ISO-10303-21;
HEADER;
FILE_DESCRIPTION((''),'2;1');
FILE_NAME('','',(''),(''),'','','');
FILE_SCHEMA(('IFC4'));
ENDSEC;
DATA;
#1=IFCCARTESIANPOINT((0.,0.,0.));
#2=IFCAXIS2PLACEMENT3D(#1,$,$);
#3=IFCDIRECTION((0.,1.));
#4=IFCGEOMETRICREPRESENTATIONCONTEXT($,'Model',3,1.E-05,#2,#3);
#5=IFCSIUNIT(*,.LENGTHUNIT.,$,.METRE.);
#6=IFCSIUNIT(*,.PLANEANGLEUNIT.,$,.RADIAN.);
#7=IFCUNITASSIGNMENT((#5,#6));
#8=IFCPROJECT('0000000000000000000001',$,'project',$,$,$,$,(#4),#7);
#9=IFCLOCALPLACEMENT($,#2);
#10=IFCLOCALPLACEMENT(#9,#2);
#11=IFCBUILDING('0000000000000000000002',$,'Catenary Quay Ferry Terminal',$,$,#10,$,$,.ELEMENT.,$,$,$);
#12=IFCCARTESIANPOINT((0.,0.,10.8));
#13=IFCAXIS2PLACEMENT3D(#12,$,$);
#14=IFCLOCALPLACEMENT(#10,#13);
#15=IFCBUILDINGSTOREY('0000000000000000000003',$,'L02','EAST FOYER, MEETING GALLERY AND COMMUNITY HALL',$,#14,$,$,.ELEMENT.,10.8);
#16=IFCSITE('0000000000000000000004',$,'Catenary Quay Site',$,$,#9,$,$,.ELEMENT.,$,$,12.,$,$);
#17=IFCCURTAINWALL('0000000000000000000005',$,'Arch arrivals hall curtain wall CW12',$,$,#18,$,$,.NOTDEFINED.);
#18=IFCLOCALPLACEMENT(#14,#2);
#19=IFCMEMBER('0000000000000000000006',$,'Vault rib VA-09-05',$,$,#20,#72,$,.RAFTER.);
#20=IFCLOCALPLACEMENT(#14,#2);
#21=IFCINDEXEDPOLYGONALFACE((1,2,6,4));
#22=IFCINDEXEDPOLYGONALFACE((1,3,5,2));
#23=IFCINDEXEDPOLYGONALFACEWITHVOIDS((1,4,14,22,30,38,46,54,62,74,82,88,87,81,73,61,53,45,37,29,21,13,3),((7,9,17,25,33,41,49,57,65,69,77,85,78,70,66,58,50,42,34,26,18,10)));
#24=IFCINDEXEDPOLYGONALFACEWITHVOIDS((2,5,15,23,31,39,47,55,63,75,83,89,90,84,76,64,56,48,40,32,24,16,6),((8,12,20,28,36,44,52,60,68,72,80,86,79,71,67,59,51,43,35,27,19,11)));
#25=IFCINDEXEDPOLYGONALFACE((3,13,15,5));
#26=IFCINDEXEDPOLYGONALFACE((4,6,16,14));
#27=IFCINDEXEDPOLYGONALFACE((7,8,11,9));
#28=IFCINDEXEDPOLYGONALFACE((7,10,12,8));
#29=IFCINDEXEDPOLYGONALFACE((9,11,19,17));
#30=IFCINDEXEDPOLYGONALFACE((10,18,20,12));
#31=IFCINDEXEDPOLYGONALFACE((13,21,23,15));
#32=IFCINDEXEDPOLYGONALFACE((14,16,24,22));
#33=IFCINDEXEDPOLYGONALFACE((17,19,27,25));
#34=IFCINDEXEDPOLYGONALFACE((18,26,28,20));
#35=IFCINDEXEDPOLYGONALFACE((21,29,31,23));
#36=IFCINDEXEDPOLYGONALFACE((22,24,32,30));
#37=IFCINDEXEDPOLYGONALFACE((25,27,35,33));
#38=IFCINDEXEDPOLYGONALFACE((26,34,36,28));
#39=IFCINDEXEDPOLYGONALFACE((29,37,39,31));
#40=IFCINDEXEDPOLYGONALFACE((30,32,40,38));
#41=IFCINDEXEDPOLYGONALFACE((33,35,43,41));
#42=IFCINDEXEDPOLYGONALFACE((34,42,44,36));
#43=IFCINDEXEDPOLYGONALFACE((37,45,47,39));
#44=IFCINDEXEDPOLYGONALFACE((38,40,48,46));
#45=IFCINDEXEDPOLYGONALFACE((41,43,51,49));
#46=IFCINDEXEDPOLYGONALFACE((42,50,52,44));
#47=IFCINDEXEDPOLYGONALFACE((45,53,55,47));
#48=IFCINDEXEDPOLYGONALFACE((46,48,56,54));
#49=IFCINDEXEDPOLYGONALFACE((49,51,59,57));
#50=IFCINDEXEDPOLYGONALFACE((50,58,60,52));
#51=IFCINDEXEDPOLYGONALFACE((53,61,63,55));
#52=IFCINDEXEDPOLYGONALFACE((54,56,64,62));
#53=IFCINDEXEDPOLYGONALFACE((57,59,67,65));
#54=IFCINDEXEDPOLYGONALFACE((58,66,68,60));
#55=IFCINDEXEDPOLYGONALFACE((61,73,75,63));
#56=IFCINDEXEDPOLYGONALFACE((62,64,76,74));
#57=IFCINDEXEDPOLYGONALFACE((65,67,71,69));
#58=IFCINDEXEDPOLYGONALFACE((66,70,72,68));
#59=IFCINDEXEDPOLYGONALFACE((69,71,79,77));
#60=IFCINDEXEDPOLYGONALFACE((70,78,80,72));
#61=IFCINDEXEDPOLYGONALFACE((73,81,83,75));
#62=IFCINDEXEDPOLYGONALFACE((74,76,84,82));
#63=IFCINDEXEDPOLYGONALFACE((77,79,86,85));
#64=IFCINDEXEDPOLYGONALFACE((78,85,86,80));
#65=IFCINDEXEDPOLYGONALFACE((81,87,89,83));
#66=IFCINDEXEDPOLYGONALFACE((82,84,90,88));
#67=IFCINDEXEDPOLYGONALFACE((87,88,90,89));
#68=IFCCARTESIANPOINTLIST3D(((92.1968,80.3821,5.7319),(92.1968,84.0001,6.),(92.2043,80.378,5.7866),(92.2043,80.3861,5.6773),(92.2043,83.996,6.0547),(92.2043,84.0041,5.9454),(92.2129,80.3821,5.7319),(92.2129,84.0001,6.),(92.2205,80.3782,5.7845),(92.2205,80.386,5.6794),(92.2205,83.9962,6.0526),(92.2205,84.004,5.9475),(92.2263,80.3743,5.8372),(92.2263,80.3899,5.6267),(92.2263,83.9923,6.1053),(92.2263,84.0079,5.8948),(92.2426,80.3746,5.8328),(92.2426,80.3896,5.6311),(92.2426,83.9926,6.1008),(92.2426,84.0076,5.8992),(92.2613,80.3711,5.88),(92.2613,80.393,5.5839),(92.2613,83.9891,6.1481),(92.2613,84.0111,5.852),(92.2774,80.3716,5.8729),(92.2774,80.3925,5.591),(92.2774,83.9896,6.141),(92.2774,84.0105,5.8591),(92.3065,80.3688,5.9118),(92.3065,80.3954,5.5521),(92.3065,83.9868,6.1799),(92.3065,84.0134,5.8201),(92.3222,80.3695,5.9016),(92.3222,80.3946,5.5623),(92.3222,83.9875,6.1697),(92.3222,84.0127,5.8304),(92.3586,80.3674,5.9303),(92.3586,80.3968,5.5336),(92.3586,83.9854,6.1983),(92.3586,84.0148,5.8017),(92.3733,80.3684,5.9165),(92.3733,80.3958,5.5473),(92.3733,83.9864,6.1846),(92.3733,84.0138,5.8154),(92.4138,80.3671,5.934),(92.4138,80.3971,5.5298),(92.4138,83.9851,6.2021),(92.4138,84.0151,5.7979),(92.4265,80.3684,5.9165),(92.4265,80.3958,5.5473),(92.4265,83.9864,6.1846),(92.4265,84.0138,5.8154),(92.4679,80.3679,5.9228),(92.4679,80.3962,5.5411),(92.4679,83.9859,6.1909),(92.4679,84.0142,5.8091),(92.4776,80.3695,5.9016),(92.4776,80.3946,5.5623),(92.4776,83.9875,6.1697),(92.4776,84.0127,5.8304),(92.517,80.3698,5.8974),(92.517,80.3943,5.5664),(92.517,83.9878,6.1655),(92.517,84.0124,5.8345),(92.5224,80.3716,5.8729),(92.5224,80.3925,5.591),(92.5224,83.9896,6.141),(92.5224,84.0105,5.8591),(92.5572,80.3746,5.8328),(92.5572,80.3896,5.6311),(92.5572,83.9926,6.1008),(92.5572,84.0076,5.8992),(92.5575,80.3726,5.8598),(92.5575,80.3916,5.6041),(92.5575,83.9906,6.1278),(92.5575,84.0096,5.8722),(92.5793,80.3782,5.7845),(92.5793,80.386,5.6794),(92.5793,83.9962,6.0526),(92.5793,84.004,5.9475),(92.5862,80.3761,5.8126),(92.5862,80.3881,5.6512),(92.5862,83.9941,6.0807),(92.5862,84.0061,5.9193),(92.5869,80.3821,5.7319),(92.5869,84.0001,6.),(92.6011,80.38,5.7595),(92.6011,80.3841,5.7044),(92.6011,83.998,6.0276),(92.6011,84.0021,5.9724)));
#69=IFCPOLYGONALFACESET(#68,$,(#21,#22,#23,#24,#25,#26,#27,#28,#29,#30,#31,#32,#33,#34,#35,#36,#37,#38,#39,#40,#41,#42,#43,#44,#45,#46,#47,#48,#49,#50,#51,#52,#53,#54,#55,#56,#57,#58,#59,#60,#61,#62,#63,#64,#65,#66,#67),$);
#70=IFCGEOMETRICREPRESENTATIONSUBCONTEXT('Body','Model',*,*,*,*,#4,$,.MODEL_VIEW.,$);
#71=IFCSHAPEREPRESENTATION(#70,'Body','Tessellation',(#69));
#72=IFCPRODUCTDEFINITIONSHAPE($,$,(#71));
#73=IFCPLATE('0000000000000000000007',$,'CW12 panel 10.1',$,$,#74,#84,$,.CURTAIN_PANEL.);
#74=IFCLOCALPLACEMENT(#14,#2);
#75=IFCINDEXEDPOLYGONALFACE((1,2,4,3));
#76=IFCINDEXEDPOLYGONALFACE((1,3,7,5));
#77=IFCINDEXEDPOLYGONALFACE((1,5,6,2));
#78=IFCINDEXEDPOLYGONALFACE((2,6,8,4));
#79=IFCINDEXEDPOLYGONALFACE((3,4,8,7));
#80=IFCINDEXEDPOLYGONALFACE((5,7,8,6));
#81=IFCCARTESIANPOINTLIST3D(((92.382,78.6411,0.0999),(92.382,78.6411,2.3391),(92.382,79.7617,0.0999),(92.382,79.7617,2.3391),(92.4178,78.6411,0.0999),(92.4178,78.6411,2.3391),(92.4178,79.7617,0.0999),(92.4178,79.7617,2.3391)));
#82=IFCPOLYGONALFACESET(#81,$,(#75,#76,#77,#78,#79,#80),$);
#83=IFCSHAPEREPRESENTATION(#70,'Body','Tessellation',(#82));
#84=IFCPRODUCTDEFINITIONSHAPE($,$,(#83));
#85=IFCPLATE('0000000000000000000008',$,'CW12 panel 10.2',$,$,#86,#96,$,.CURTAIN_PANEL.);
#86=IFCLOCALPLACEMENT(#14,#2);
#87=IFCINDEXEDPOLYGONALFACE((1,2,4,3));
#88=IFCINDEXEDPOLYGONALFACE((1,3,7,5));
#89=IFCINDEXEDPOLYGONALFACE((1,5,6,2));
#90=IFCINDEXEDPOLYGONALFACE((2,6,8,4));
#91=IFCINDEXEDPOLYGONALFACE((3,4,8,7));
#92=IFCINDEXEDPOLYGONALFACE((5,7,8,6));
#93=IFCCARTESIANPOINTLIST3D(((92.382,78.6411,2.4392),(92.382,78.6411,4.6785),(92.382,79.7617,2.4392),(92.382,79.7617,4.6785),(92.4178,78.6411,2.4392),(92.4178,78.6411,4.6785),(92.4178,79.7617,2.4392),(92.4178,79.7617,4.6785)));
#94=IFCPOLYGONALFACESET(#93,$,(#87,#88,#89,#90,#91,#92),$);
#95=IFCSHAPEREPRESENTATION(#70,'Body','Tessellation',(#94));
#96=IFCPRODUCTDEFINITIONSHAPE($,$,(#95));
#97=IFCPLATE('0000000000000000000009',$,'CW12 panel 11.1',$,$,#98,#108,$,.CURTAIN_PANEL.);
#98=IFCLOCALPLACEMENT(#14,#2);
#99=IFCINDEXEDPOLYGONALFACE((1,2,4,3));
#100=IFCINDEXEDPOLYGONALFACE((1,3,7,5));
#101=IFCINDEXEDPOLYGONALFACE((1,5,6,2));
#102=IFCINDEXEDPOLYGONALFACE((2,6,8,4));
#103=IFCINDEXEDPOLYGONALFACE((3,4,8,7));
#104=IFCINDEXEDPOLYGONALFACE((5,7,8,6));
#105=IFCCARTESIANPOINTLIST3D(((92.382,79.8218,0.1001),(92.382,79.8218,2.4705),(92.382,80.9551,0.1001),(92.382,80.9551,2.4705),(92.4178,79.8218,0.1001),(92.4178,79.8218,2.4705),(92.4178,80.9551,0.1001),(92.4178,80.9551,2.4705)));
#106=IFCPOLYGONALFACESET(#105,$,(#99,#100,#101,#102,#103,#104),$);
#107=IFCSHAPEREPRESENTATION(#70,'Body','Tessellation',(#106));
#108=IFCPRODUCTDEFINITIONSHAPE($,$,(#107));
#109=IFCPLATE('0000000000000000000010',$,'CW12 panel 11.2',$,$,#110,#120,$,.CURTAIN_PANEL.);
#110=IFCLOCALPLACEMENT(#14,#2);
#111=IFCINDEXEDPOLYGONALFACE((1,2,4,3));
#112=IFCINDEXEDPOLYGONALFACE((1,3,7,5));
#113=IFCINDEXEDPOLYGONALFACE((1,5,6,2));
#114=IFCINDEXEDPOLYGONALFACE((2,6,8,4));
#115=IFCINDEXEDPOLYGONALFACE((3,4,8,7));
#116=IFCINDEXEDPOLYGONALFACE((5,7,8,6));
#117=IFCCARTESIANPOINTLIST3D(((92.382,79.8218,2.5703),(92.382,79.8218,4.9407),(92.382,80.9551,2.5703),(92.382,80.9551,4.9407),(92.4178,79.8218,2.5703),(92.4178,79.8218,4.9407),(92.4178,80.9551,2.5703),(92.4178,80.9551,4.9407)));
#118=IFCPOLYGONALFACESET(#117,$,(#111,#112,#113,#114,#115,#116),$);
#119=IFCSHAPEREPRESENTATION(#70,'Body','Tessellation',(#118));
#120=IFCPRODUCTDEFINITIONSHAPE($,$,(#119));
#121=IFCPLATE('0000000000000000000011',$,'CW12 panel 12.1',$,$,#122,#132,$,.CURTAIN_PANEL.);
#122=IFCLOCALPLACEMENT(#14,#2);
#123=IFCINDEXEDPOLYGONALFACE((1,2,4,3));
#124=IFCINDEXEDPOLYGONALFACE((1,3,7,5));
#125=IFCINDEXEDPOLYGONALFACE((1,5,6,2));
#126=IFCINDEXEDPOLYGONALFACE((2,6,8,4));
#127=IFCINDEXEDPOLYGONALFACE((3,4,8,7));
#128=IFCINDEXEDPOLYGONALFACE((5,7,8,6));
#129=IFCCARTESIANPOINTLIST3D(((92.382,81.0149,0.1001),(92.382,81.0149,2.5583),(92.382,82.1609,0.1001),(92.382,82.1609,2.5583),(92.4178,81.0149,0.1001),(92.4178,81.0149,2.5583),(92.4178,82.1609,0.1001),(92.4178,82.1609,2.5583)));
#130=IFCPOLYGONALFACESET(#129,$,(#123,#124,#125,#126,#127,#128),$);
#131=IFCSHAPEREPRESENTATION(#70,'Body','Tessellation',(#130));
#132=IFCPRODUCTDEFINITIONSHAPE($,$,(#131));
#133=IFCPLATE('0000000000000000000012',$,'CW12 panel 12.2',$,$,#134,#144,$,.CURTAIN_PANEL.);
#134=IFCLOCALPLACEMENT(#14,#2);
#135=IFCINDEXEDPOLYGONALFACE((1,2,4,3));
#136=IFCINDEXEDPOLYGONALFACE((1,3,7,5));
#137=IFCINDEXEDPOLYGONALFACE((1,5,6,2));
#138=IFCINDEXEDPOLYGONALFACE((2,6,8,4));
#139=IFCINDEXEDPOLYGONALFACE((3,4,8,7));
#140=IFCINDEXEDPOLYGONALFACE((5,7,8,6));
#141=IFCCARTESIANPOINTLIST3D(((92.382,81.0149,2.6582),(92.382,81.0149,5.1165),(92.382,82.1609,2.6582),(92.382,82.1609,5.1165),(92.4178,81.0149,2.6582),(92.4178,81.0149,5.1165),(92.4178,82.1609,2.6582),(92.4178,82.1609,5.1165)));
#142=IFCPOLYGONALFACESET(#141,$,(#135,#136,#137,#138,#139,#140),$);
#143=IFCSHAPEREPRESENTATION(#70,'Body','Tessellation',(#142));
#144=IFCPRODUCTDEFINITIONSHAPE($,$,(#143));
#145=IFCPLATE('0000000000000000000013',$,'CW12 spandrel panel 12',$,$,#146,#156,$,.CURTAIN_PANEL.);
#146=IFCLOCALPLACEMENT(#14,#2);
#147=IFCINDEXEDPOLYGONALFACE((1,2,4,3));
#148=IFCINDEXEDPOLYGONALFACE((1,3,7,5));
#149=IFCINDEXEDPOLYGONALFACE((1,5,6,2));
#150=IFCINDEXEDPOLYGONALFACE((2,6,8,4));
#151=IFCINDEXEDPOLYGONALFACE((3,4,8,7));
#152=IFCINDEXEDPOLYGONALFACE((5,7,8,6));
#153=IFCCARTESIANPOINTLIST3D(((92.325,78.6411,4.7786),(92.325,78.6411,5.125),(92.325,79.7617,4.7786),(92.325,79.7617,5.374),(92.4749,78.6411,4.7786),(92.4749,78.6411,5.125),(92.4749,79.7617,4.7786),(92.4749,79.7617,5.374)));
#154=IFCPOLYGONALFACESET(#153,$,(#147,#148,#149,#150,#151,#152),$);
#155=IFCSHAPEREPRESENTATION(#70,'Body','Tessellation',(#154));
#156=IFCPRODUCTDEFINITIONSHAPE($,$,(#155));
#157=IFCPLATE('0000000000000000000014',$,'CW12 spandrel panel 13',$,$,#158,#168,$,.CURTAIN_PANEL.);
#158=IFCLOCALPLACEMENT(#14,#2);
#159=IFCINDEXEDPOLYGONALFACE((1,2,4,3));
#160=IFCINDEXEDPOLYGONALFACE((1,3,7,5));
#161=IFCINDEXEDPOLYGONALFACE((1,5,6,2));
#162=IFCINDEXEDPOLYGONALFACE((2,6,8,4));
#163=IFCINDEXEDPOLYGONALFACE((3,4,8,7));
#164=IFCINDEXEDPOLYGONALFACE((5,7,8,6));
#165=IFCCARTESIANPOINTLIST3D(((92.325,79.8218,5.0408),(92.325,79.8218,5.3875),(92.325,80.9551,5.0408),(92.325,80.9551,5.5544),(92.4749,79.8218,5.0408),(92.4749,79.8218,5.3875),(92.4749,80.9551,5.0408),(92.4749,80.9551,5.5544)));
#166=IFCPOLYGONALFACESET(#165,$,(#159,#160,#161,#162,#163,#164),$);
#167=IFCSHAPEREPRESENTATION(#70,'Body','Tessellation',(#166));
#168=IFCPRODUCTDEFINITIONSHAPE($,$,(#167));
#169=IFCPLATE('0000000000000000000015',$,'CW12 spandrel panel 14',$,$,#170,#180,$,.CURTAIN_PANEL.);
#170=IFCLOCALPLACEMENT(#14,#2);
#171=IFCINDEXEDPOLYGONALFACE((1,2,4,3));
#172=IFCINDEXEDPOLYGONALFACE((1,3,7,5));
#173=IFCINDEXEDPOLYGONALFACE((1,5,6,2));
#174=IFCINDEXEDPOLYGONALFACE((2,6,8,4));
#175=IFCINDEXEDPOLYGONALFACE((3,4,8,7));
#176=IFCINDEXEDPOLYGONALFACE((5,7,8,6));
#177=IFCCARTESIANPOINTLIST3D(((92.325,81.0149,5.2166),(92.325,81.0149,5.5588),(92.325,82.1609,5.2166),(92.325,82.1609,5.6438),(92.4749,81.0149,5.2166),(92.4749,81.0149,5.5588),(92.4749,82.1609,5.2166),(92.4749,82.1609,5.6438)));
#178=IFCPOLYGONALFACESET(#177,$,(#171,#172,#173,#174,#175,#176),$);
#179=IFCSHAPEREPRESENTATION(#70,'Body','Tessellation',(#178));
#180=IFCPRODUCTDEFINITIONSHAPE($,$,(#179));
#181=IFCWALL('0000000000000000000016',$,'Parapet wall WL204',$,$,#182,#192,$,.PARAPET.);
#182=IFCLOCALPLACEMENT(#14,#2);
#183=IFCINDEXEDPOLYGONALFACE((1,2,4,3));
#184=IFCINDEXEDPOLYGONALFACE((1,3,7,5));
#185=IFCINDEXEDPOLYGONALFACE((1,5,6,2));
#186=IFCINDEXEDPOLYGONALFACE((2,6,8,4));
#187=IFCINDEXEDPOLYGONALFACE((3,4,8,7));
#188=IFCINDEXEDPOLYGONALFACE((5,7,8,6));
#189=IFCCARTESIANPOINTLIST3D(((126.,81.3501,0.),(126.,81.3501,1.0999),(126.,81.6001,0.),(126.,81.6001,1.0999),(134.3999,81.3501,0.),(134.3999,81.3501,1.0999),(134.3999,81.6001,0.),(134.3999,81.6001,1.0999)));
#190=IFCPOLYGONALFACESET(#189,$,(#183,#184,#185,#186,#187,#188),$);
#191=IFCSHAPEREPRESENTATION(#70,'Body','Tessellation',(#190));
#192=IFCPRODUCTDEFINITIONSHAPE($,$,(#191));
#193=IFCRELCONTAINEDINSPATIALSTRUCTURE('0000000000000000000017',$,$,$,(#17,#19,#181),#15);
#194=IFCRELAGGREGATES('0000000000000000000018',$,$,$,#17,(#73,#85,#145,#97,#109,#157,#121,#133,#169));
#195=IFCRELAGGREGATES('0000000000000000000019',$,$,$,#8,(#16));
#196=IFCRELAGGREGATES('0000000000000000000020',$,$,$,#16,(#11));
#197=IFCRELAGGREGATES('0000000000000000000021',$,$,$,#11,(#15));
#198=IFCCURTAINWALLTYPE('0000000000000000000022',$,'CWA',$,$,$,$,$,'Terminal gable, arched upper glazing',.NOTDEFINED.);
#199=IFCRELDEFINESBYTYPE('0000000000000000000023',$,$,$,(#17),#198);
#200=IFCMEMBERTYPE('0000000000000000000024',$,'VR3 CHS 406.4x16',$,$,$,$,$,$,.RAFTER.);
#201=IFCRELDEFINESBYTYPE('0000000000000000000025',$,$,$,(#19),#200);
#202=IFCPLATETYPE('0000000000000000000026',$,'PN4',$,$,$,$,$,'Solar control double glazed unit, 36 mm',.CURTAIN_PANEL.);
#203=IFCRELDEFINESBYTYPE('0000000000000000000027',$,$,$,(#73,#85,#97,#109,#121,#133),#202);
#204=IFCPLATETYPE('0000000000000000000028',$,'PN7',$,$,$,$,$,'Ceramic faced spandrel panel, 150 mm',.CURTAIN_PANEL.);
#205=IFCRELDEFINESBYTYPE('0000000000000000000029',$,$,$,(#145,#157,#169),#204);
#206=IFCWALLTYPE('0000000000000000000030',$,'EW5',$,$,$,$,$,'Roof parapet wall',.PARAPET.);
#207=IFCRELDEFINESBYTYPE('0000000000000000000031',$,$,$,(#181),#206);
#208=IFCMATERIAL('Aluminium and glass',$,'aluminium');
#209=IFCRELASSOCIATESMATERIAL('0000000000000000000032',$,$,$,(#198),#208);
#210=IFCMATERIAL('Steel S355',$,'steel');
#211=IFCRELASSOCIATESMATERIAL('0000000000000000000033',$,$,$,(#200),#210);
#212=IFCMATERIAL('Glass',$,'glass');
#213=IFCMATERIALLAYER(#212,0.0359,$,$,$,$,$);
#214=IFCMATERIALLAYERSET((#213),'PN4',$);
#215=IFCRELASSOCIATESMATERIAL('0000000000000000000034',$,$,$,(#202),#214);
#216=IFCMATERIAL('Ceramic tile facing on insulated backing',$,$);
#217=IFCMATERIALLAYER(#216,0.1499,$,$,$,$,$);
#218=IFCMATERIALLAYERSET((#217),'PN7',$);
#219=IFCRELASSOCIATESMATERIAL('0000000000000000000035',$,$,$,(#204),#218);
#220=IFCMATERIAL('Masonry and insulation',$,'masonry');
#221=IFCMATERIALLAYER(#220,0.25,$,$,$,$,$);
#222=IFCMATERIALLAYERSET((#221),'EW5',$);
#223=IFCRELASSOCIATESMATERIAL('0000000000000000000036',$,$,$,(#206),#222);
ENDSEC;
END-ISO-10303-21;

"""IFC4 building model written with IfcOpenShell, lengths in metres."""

from ifc_helpers import new_model, si_unit, direction, frame, frame_2d, origin, origin_2d, place, context, subcontext, project, spatial, polyline, rectangle, hollow_circle, outline, extrude, material, layer, layer_set, material_profile, profile_set, type_object, element, aggregate, save


model = new_model("IFC4")

# Units and contexts
model_context = context("Model", 3, precision=1e-05, world=origin(), true_north=direction((0.0, 1.0)))
body_context = subcontext(model_context, "Body", "Model", "MODEL_VIEW")
ifc_project = project(units=[si_unit("LENGTHUNIT", "METRE"), si_unit("PLANEANGLEUNIT", "RADIAN")], contexts=[model_context])

# Site, building, storey
site_placement = place(None, origin())
site = spatial("IfcSite", under=ifc_project, at=site_placement, Name="Catenary Quay Site", CompositionType="ELEMENT", RefElevation=12.0)
building_placement = place(site_placement, origin())
building = spatial("IfcBuilding", under=site, at=building_placement, Name="Catenary Quay Ferry Terminal", CompositionType="ELEMENT")
storey_placement = place(building_placement, frame((0.0, 0.0, 10.8)))
storey = spatial("IfcBuildingStorey", under=building, at=storey_placement, Name="L02", Description="EAST FOYER, MEETING GALLERY AND COMMUNITY HALL", CompositionType="ELEMENT", Elevation=10.8)

# Curtain wall
ifc_material_1 = material(Name="Aluminium and glass", Category="aluminium")
curtain_wall_type = type_object("IfcCurtainWallType", Name="CWA", ElementType="Terminal gable, arched upper glazing", PredefinedType="NOTDEFINED", material=ifc_material_1)
curtain_wall_placement = place(storey_placement, origin())
curtain_wall = element("IfcCurtainWall", 1, at=curtain_wall_placement, inside=storey, type_object=curtain_wall_type, Name="Arch arrivals hall curtain wall CW12", PredefinedType="NOTDEFINED")

# Member
ifc_material_2 = material(Name="Steel S355", Category="steel")
ifc_material_profile_1 = material_profile(ifc_material_2, hollow_circle(Radius=0.2031, WallThickness=0.0161, at=origin_2d()), Name="CHS 406.4x16")
ifc_profile_set_1 = profile_set([ifc_material_profile_1], Name="Steel S355")
member_type_1 = type_object("IfcMemberType", Name="VR3 CHS 406.4x16", PredefinedType="RAFTER", material=ifc_profile_set_1)
member_1_placement = place(storey_placement, frame((92.3999, 80.3821, 5.7319), z_axis=(0.0, 0.997266, 0.073892), x_axis=(-1.0, 0.0, 0.0)))
element("IfcMember", 2, at=member_1_placement, inside=storey, type_object=member_type_1, Name="Vault rib VA-09-05", PredefinedType="RAFTER", context=body_context, shape_type="SweptSolid", body=[
    extrude(hollow_circle(Radius=0.2031, WallThickness=0.0161, at=origin_2d()), origin(), (0.0, 0.0, 1.0), 3.6279),
])

# Plates
ifc_material_3 = material(Name="Glass", Category="glass")
ifc_layer_1 = layer(ifc_material_3, 0.0359)
ifc_layer_set_1 = layer_set([ifc_layer_1], Name="PN4")
plate_type_1 = type_object("IfcPlateType", Name="PN4", ElementType="Solar control double glazed unit, 36 mm", PredefinedType="CURTAIN_PANEL", material=ifc_layer_set_1)
plate_1_placement = place(storey_placement, frame((92.3999, 79.2014, 0.0999), z_axis=(0.0, 0.0, 1.0), x_axis=(0.0, 1.0, 0.0)))
plate_1 = element("IfcPlate", 3, at=plate_1_placement, type_object=plate_type_1, Name="CW12 panel 10.1", PredefinedType="CURTAIN_PANEL", context=body_context, shape_type="SweptSolid", body=[
    extrude(rectangle(XDim=1.1206, YDim=0.0359, at=origin_2d()), origin(), (0.0, 0.0, 1.0), 2.2393),
])
plate_2_placement = place(storey_placement, frame((92.3999, 79.2014, 2.4392), z_axis=(0.0, 0.0, 1.0), x_axis=(0.0, 1.0, 0.0)))
plate_2 = element("IfcPlate", 4, at=plate_2_placement, type_object=plate_type_1, Name="CW12 panel 10.2", PredefinedType="CURTAIN_PANEL", context=body_context, shape_type="SweptSolid", body=[
    extrude(rectangle(XDim=1.1206, YDim=0.0359, at=origin_2d()), origin(), (0.0, 0.0, 1.0), 2.2393),
])
plate_3_placement = place(storey_placement, frame((92.3999, 80.3884, 0.1001), z_axis=(0.0, 0.0, 1.0), x_axis=(0.0, 1.0, 0.0)))
plate_3 = element("IfcPlate", 5, at=plate_3_placement, type_object=plate_type_1, Name="CW12 panel 11.1", PredefinedType="CURTAIN_PANEL", context=body_context, shape_type="SweptSolid", body=[
    extrude(rectangle(XDim=1.1333, YDim=0.0359, at=origin_2d()), origin(), (0.0, 0.0, 1.0), 2.3704),
])
plate_4_placement = place(storey_placement, frame((92.3999, 80.3884, 2.5703), z_axis=(0.0, 0.0, 1.0), x_axis=(0.0, 1.0, 0.0)))
plate_4 = element("IfcPlate", 6, at=plate_4_placement, type_object=plate_type_1, Name="CW12 panel 11.2", PredefinedType="CURTAIN_PANEL", context=body_context, shape_type="SweptSolid", body=[
    extrude(rectangle(XDim=1.1333, YDim=0.0359, at=origin_2d()), origin(), (0.0, 0.0, 1.0), 2.3704),
])
plate_5_placement = place(storey_placement, frame((92.3999, 81.5879, 0.1001), z_axis=(0.0, 0.0, 1.0), x_axis=(0.0, 1.0, 0.0)))
plate_5 = element("IfcPlate", 7, at=plate_5_placement, type_object=plate_type_1, Name="CW12 panel 12.1", PredefinedType="CURTAIN_PANEL", context=body_context, shape_type="SweptSolid", body=[
    extrude(rectangle(XDim=1.146, YDim=0.0359, at=origin_2d()), origin(), (0.0, 0.0, 1.0), 2.4583),
])
plate_6_placement = place(storey_placement, frame((92.3999, 81.5879, 2.6582), z_axis=(0.0, 0.0, 1.0), x_axis=(0.0, 1.0, 0.0)))
plate_6 = element("IfcPlate", 8, at=plate_6_placement, type_object=plate_type_1, Name="CW12 panel 12.2", PredefinedType="CURTAIN_PANEL", context=body_context, shape_type="SweptSolid", body=[
    extrude(rectangle(XDim=1.146, YDim=0.0359, at=origin_2d()), origin(), (0.0, 0.0, 1.0), 2.4583),
])
ifc_material_4 = material(Name="Ceramic tile facing on insulated backing")
ifc_layer_2 = layer(ifc_material_4, 0.1499)
ifc_layer_set_2 = layer_set([ifc_layer_2], Name="PN7")
plate_type_2 = type_object("IfcPlateType", Name="PN7", ElementType="Ceramic faced spandrel panel, 150 mm", PredefinedType="CURTAIN_PANEL", material=ifc_layer_set_2)
plate_7_placement = place(storey_placement, frame((92.3999, 78.6411, 4.7786), z_axis=(0.0, 0.0, 1.0), x_axis=(0.0, 1.0, 0.0)))
plate_7 = element("IfcPlate", 9, at=plate_7_placement, type_object=plate_type_2, Name="CW12 spandrel panel 12", PredefinedType="CURTAIN_PANEL", context=body_context, shape_type="SweptSolid", body=[
    extrude(outline(polyline([(0.0, 0.0), (1.1206, 0.0), (1.1206, 0.5955), (0.0, 0.3464), (0.0, 0.0)])), frame((0.0, 0.075, 0.0), z_axis=(0.0, -1.0, 0.0), x_axis=(1.0, 0.0, 0.0)), (0.0, 0.0, 1.0), 0.1499),
])
plate_8_placement = place(storey_placement, frame((92.3999, 79.8218, 5.0408), z_axis=(0.0, 0.0, 1.0), x_axis=(0.0, 1.0, 0.0)))
plate_8 = element("IfcPlate", 10, at=plate_8_placement, type_object=plate_type_2, Name="CW12 spandrel panel 13", PredefinedType="CURTAIN_PANEL", context=body_context, shape_type="SweptSolid", body=[
    extrude(outline(polyline([(0.0, 0.0), (1.1333, 0.0), (1.1333, 0.5137), (0.0, 0.3467), (0.0, 0.0)])), frame((0.0, 0.075, 0.0), z_axis=(0.0, -1.0, 0.0), x_axis=(1.0, 0.0, 0.0)), (0.0, 0.0, 1.0), 0.1499),
])
plate_9_placement = place(storey_placement, frame((92.3999, 81.0149, 5.2166), z_axis=(0.0, 0.0, 1.0), x_axis=(0.0, 1.0, 0.0)))
plate_9 = element("IfcPlate", 11, at=plate_9_placement, type_object=plate_type_2, Name="CW12 spandrel panel 14", PredefinedType="CURTAIN_PANEL", context=body_context, shape_type="SweptSolid", body=[
    extrude(outline(polyline([(0.0, 0.0), (1.146, 0.0), (1.146, 0.4272), (0.0, 0.3423), (0.0, 0.0)])), frame((0.0, 0.075, 0.0), z_axis=(0.0, -1.0, 0.0), x_axis=(1.0, 0.0, 0.0)), (0.0, 0.0, 1.0), 0.1499),
])
aggregate(curtain_wall, [plate_1, plate_2, plate_7, plate_3, plate_4, plate_8, plate_5, plate_6, plate_9])

# Wall
ifc_material_5 = material(Name="Masonry and insulation", Category="masonry")
ifc_layer_3 = layer(ifc_material_5, 0.25)
ifc_layer_set_3 = layer_set([ifc_layer_3], Name="EW5")
wall_type = type_object("IfcWallType", Name="EW5", ElementType="Roof parapet wall", PredefinedType="PARAPET", material=ifc_layer_set_3)
wall_1_placement = place(storey_placement, frame((126.0, 81.4751, 0.0), z_axis=(0.0, 0.0, 1.0), x_axis=(1.0, 0.0, 0.0)))
element("IfcWall", 12, at=wall_1_placement, inside=storey, type_object=wall_type, Name="Parapet wall WL204", PredefinedType="PARAPET", context=body_context, shape_type="SweptSolid", body=[
    extrude(rectangle(XDim=8.3999, YDim=0.25, at=frame_2d((4.2, 0.0))), origin(), (0.0, 0.0, 1.0), 1.0999),
])

save(model, "model.ifc")
